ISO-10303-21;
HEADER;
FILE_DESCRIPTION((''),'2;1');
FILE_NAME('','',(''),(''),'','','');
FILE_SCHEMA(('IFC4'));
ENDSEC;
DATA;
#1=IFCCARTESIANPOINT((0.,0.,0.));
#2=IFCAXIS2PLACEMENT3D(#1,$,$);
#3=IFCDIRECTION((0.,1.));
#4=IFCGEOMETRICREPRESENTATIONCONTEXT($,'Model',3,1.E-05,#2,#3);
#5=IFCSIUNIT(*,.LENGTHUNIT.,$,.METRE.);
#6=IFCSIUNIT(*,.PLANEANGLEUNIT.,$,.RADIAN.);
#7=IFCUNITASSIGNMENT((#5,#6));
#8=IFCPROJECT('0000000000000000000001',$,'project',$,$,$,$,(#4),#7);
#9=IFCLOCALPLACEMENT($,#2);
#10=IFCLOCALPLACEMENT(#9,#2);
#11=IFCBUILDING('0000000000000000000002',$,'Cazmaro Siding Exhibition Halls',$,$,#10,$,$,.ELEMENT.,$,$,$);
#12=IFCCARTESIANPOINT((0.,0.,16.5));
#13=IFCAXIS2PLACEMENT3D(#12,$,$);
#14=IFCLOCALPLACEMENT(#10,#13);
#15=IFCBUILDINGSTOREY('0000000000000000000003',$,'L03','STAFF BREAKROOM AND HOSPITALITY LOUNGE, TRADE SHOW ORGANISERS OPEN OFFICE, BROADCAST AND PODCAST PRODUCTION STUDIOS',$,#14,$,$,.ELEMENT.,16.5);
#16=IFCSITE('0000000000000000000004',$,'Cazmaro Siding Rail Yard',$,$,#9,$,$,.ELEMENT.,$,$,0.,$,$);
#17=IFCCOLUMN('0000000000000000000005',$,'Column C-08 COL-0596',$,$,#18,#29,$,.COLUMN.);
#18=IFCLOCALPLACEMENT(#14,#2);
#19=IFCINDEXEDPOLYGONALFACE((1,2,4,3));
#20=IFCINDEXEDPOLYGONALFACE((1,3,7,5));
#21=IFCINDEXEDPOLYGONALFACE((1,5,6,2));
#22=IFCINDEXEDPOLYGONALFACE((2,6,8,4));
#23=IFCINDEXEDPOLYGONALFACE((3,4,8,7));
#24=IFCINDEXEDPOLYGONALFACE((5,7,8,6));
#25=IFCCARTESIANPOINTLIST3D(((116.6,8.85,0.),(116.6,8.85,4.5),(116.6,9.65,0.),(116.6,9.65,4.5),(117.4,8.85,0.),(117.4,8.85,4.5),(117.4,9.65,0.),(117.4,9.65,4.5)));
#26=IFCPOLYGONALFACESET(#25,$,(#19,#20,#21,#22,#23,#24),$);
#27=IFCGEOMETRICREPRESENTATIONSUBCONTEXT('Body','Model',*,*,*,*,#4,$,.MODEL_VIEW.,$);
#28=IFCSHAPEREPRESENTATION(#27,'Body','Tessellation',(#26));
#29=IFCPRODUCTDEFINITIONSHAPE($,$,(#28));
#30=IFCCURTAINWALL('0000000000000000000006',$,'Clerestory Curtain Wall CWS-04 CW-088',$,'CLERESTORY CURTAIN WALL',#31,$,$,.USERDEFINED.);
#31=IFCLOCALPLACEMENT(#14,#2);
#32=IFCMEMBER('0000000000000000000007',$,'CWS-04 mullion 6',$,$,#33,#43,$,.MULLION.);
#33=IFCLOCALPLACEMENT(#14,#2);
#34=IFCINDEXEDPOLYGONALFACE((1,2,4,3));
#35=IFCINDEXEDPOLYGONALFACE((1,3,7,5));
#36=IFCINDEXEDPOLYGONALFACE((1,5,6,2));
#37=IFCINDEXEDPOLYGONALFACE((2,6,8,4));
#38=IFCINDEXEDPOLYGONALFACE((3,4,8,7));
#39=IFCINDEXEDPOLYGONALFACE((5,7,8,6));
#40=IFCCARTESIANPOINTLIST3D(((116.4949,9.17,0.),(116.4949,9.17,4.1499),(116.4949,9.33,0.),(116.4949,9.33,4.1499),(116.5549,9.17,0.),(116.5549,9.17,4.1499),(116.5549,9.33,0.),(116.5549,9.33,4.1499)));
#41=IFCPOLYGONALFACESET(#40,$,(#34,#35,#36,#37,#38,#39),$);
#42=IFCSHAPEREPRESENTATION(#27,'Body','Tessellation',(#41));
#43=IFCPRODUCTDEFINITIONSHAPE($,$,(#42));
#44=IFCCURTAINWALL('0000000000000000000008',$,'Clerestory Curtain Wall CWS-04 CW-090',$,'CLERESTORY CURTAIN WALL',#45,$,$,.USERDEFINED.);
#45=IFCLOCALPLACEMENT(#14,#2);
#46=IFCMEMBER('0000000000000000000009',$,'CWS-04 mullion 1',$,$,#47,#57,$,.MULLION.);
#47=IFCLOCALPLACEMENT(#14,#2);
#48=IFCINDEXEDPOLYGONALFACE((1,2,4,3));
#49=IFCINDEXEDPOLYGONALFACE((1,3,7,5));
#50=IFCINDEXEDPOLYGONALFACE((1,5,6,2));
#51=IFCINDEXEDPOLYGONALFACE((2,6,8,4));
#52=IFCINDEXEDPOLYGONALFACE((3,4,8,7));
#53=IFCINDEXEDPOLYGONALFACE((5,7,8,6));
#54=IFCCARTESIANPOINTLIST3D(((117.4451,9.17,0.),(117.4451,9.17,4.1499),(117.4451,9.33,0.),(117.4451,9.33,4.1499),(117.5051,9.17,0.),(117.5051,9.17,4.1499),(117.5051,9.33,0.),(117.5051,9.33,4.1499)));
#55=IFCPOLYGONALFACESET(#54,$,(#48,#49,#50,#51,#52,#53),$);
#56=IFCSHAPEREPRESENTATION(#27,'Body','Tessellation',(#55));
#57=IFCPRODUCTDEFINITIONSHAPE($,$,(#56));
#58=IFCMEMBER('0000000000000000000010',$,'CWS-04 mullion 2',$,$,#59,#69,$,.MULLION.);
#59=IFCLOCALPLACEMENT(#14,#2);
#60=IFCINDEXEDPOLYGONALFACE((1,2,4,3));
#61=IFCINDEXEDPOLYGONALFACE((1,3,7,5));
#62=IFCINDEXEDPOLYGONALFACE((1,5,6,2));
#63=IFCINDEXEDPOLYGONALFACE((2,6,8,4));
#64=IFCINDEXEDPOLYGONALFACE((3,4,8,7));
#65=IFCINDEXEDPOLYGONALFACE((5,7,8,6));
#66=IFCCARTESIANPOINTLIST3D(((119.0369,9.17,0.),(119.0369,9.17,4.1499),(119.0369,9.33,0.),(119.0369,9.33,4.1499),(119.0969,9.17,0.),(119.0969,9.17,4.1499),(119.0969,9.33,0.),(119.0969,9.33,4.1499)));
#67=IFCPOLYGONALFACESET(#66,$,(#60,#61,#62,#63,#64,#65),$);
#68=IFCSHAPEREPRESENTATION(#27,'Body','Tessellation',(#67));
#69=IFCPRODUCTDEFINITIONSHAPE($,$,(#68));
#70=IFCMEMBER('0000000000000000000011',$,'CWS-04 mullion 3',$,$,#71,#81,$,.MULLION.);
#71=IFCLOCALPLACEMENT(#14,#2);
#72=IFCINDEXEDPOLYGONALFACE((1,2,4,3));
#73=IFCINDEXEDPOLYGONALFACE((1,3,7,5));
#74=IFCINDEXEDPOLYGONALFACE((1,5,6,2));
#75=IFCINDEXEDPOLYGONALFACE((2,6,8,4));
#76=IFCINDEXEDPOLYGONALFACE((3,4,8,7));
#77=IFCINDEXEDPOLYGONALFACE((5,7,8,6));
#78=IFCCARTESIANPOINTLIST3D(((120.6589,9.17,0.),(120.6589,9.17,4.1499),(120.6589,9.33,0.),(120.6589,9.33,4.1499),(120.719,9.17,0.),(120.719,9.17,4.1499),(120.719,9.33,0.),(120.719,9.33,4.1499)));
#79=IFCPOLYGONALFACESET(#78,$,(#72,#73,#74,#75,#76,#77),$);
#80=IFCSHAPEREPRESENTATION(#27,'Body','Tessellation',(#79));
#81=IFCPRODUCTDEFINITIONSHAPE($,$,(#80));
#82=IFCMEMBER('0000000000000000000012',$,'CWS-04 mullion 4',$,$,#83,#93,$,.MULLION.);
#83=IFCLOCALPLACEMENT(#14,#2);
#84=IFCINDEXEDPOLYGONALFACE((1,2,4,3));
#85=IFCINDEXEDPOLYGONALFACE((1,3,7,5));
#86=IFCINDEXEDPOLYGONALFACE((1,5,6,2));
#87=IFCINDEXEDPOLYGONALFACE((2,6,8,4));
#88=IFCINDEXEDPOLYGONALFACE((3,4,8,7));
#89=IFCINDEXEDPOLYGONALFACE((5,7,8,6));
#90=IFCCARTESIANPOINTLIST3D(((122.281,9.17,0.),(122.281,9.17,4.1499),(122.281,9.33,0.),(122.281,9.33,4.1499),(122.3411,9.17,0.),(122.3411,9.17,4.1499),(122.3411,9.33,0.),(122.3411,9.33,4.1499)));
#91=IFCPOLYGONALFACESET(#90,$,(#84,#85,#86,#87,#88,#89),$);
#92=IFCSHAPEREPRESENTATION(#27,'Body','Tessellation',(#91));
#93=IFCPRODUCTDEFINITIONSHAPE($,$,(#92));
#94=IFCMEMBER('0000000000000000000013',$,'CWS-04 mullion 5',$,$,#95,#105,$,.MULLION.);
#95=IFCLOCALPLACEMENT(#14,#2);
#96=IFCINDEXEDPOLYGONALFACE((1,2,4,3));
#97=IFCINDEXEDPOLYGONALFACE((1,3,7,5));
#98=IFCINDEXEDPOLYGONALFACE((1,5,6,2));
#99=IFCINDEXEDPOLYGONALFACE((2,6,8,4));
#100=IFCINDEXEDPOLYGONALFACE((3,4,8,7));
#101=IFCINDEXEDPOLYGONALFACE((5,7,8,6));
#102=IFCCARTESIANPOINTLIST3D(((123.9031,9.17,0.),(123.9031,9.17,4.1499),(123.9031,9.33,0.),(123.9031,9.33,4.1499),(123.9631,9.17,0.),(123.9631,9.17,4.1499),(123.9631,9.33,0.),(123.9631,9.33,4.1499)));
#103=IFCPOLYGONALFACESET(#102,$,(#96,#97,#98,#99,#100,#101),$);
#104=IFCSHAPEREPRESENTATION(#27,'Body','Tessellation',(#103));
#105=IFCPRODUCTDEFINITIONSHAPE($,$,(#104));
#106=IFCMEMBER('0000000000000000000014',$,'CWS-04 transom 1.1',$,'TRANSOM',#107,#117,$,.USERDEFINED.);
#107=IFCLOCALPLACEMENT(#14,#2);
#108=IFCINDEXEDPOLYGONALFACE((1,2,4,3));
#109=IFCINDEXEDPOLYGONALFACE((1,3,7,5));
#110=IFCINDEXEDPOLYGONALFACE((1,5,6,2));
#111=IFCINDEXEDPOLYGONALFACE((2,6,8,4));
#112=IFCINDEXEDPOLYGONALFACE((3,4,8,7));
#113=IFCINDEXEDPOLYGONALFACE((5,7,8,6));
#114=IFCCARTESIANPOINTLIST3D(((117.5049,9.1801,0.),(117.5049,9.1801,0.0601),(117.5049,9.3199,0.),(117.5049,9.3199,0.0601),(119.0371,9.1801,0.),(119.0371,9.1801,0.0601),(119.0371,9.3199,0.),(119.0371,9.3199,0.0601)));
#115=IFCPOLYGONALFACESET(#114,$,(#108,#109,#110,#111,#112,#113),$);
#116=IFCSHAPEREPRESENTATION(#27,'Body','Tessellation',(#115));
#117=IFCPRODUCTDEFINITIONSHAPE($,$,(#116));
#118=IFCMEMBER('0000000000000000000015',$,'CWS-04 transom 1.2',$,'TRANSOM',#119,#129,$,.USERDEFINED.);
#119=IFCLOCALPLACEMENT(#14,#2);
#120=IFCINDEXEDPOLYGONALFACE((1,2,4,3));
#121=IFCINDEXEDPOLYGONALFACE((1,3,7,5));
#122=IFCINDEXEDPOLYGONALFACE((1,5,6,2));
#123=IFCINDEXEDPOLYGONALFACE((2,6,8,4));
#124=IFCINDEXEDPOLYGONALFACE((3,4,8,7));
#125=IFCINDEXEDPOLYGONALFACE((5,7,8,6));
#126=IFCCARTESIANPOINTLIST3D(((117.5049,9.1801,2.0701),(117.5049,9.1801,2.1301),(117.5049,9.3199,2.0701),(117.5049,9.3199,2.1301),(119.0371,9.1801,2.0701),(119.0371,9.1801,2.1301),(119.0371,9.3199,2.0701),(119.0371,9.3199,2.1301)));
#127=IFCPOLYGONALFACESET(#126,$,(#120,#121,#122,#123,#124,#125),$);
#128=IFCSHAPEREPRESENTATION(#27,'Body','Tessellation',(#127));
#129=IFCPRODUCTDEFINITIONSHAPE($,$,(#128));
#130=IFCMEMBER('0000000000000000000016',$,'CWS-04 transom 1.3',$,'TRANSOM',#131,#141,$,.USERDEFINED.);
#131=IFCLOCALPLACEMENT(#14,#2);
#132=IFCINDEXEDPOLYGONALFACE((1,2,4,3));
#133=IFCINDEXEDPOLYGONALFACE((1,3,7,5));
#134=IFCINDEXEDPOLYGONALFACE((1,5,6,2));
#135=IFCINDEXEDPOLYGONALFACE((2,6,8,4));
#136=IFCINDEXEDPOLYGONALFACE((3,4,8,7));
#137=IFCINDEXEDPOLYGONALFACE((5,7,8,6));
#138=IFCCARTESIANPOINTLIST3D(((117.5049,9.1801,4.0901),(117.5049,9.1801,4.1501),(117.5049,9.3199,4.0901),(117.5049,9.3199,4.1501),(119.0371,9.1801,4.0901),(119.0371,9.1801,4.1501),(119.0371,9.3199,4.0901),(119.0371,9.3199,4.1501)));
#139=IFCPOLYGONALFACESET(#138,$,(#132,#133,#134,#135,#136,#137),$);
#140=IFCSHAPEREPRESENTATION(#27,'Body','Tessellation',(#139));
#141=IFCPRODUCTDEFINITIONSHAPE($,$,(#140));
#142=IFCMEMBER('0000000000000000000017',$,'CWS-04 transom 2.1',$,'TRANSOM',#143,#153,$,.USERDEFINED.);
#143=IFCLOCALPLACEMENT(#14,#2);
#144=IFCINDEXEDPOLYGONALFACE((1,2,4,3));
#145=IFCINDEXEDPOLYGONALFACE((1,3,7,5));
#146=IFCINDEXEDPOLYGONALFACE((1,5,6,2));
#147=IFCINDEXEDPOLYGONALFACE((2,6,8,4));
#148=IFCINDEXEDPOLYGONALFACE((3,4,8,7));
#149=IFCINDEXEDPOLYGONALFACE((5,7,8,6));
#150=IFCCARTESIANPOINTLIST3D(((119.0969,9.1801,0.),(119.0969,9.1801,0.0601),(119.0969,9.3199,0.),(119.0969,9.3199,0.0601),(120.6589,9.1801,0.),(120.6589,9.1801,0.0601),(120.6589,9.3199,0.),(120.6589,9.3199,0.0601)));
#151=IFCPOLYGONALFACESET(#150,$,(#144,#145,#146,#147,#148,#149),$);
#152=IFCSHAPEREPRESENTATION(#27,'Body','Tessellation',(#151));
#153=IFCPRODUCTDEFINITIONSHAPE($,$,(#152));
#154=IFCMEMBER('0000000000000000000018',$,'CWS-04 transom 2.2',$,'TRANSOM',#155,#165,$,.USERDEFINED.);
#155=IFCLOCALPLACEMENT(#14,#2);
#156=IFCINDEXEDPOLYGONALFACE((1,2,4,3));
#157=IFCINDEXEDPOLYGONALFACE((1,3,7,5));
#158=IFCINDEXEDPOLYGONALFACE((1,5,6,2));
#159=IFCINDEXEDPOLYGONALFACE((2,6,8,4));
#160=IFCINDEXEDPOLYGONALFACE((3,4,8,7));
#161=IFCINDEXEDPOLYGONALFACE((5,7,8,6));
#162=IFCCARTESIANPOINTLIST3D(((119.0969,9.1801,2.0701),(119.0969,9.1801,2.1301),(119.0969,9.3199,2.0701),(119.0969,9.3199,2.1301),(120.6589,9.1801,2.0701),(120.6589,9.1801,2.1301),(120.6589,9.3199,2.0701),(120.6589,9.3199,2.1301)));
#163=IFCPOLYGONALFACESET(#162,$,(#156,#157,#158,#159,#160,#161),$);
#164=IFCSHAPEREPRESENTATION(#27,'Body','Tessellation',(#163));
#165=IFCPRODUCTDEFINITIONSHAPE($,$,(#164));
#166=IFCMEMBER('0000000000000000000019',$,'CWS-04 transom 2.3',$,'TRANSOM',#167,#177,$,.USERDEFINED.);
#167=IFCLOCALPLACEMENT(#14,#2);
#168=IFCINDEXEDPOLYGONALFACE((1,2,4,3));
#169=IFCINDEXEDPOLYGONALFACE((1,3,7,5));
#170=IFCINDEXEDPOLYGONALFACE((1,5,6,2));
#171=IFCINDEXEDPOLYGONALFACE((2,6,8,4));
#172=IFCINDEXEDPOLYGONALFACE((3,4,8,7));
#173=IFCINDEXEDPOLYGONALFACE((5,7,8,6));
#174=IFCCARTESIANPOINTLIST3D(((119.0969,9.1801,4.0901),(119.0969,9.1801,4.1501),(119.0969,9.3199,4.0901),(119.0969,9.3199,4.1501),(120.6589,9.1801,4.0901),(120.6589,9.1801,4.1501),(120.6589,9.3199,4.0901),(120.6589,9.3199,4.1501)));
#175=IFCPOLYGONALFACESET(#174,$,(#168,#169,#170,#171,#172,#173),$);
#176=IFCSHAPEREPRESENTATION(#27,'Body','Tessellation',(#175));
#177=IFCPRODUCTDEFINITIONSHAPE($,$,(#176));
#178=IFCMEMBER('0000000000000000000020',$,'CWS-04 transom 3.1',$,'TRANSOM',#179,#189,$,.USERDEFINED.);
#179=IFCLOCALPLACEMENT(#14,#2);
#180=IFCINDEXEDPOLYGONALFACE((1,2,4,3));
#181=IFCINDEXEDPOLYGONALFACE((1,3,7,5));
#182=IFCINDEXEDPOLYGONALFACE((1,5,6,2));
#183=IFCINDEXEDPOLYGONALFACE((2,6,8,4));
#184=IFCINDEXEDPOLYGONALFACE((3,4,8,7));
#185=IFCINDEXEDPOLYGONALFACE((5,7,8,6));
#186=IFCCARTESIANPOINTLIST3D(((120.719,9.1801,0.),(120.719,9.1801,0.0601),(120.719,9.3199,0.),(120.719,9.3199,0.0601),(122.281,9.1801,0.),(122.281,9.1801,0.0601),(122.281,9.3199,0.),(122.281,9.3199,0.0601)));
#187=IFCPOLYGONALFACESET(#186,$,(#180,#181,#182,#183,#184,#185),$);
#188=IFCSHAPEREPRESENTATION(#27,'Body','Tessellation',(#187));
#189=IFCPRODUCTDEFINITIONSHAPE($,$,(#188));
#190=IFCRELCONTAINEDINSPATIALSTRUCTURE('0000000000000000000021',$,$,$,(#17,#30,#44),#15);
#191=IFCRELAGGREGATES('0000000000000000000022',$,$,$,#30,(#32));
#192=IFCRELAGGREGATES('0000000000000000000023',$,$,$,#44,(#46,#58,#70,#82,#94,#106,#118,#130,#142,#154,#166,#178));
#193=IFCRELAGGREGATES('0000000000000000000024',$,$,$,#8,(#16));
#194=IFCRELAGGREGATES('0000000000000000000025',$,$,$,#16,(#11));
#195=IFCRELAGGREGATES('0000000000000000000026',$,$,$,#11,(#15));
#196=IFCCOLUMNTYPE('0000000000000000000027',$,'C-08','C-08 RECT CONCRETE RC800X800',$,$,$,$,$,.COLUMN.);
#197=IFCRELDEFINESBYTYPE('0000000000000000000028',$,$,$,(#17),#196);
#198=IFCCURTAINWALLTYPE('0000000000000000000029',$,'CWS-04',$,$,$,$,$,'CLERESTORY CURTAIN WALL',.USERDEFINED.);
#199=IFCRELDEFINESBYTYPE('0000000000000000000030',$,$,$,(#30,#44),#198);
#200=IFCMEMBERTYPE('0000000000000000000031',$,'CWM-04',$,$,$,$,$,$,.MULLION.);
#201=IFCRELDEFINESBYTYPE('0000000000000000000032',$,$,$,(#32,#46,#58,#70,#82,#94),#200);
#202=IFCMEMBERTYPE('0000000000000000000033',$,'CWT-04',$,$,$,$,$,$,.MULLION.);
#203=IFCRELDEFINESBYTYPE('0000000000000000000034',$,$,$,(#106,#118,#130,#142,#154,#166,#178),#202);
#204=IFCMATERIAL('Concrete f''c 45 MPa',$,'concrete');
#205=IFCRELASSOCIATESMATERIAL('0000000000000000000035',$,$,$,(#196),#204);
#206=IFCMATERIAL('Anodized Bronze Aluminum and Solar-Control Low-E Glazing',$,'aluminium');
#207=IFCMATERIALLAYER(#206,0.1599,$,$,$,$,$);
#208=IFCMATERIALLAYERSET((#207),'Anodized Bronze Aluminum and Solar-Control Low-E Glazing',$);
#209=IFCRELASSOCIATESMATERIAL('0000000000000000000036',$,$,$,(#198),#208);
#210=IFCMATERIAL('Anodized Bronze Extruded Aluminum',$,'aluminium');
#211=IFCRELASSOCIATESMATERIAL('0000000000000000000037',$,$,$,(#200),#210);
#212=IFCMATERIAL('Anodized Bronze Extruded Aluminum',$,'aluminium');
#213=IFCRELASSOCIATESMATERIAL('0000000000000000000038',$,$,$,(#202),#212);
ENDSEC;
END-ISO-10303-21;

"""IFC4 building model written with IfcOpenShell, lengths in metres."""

from ifc_helpers import new_model, si_unit, direction, frame, origin, origin_2d, place, context, subcontext, project, spatial, rectangle, extrude, material, layer, layer_set, material_profile, profile_set, type_object, element, aggregate, save


model = new_model("IFC4")

# Units and contexts
model_context = context("Model", 3, precision=1e-05, world=origin(), true_north=direction((0.0, 1.0)))
body_context = subcontext(model_context, "Body", "Model", "MODEL_VIEW")
ifc_project = project(units=[si_unit("LENGTHUNIT", "METRE"), si_unit("PLANEANGLEUNIT", "RADIAN")], contexts=[model_context])

# Site, building, storey
site_placement = place(None, origin())
site = spatial("IfcSite", under=ifc_project, at=site_placement, Name="Cazmaro Siding Rail Yard", CompositionType="ELEMENT", RefElevation=0.0)
building_placement = place(site_placement, origin())
building = spatial("IfcBuilding", under=site, at=building_placement, Name="Cazmaro Siding Exhibition Halls", CompositionType="ELEMENT")
storey_placement = place(building_placement, frame((0.0, 0.0, 16.5)))
storey = spatial("IfcBuildingStorey", under=building, at=storey_placement, Name="L03", Description="STAFF BREAKROOM AND HOSPITALITY LOUNGE, TRADE SHOW ORGANISERS OPEN OFFICE, BROADCAST AND PODCAST PRODUCTION STUDIOS", CompositionType="ELEMENT", Elevation=16.5)

# Column
ifc_material_1 = material(Name="Concrete f'c 45 MPa", Category="concrete")
ifc_material_profile_1 = material_profile(ifc_material_1, rectangle(XDim=0.8, YDim=0.8, at=origin_2d()), Name="RC800X800")
ifc_profile_set_1 = profile_set([ifc_material_profile_1], Name="Concrete f'c 45 MPa")
column_type = type_object("IfcColumnType", Name="C-08", Description="C-08 RECT CONCRETE RC800X800", PredefinedType="COLUMN", material=ifc_profile_set_1)
column_placement = place(storey_placement, frame((117.0, 9.25, 0.0), z_axis=(0.0, 0.0, 1.0), x_axis=(1.0, 0.0, 0.0)))
element("IfcColumn", 1, at=column_placement, inside=storey, type_object=column_type, Name="Column C-08 COL-0596", PredefinedType="COLUMN", context=body_context, shape_type="SweptSolid", body=[
    extrude(rectangle(XDim=0.8, YDim=0.8, at=origin_2d()), origin(), (0.0, 0.0, 1.0), 4.5),
])

# Curtain wall, member
ifc_material_2 = material(Name="Anodized Bronze Aluminum and Solar-Control Low-E Glazing", Category="aluminium")
ifc_layer_1 = layer(ifc_material_2, 0.1599)
ifc_layer_set_1 = layer_set([ifc_layer_1], Name="Anodized Bronze Aluminum and Solar-Control Low-E Glazing")
curtain_wall_type = type_object("IfcCurtainWallType", Name="CWS-04", ElementType="CLERESTORY CURTAIN WALL", PredefinedType="USERDEFINED", material=ifc_layer_set_1)
curtain_wall_1_placement = place(storey_placement, origin())
curtain_wall_1 = element("IfcCurtainWall", 2, at=curtain_wall_1_placement, inside=storey, type_object=curtain_wall_type, Name="Clerestory Curtain Wall CWS-04 CW-088", ObjectType="CLERESTORY CURTAIN WALL", PredefinedType="USERDEFINED")
ifc_material_3 = material(Name="Anodized Bronze Extruded Aluminum", Category="aluminium")
ifc_material_profile_2 = material_profile(ifc_material_3, rectangle(XDim=0.1599, YDim=0.0601, at=origin_2d()), Name="CWM-04")
ifc_profile_set_2 = profile_set([ifc_material_profile_2], Name="Anodized Bronze Extruded Aluminum")
member_type_1 = type_object("IfcMemberType", Name="CWM-04", PredefinedType="MULLION", material=ifc_profile_set_2)
member_1_placement = place(storey_placement, frame((116.5249, 9.25, 0.0), z_axis=(0.0, 0.0, 1.0), x_axis=(0.0, 1.0, 0.0)))
member_1 = element("IfcMember", 3, at=member_1_placement, type_object=member_type_1, Name="CWS-04 mullion 6", PredefinedType="MULLION", context=body_context, shape_type="SweptSolid", body=[
    extrude(rectangle(XDim=0.1599, YDim=0.0601, at=origin_2d()), origin(), (0.0, 0.0, 1.0), 4.1499),
])

# Curtain wall, members
curtain_wall_2_placement = place(storey_placement, origin())
curtain_wall_2 = element("IfcCurtainWall", 4, at=curtain_wall_2_placement, inside=storey, type_object=curtain_wall_type, Name="Clerestory Curtain Wall CWS-04 CW-090", ObjectType="CLERESTORY CURTAIN WALL", PredefinedType="USERDEFINED")
member_2_placement = place(storey_placement, frame((117.4751, 9.25, 0.0), z_axis=(0.0, 0.0, 1.0), x_axis=(0.0, 1.0, 0.0)))
member_2 = element("IfcMember", 5, at=member_2_placement, type_object=member_type_1, Name="CWS-04 mullion 1", PredefinedType="MULLION", context=body_context, shape_type="SweptSolid", body=[
    extrude(rectangle(XDim=0.1599, YDim=0.0601, at=origin_2d()), origin(), (0.0, 0.0, 1.0), 4.1499),
])
member_3_placement = place(storey_placement, frame((119.0669, 9.25, 0.0), z_axis=(0.0, 0.0, 1.0), x_axis=(0.0, 1.0, 0.0)))
member_3 = element("IfcMember", 6, at=member_3_placement, type_object=member_type_1, Name="CWS-04 mullion 2", PredefinedType="MULLION", context=body_context, shape_type="SweptSolid", body=[
    extrude(rectangle(XDim=0.1599, YDim=0.0601, at=origin_2d()), origin(), (0.0, 0.0, 1.0), 4.1499),
])
member_4_placement = place(storey_placement, frame((120.689, 9.25, 0.0), z_axis=(0.0, 0.0, 1.0), x_axis=(0.0, 1.0, 0.0)))
member_4 = element("IfcMember", 7, at=member_4_placement, type_object=member_type_1, Name="CWS-04 mullion 3", PredefinedType="MULLION", context=body_context, shape_type="SweptSolid", body=[
    extrude(rectangle(XDim=0.1599, YDim=0.0601, at=origin_2d()), origin(), (0.0, 0.0, 1.0), 4.1499),
])
member_5_placement = place(storey_placement, frame((122.311, 9.25, 0.0), z_axis=(0.0, 0.0, 1.0), x_axis=(0.0, 1.0, 0.0)))
member_5 = element("IfcMember", 8, at=member_5_placement, type_object=member_type_1, Name="CWS-04 mullion 4", PredefinedType="MULLION", context=body_context, shape_type="SweptSolid", body=[
    extrude(rectangle(XDim=0.1599, YDim=0.0601, at=origin_2d()), origin(), (0.0, 0.0, 1.0), 4.1499),
])
member_6_placement = place(storey_placement, frame((123.9331, 9.25, 0.0), z_axis=(0.0, 0.0, 1.0), x_axis=(0.0, 1.0, 0.0)))
member_6 = element("IfcMember", 9, at=member_6_placement, type_object=member_type_1, Name="CWS-04 mullion 5", PredefinedType="MULLION", context=body_context, shape_type="SweptSolid", body=[
    extrude(rectangle(XDim=0.1599, YDim=0.0601, at=origin_2d()), origin(), (0.0, 0.0, 1.0), 4.1499),
])
ifc_material_4 = material(Name="Anodized Bronze Extruded Aluminum", Category="aluminium")
ifc_material_profile_3 = material_profile(ifc_material_4, rectangle(XDim=0.1399, YDim=0.0601, at=origin_2d()), Name="CWT-04")
ifc_profile_set_3 = profile_set([ifc_material_profile_3], Name="Anodized Bronze Extruded Aluminum")
member_type_2 = type_object("IfcMemberType", Name="CWT-04", PredefinedType="MULLION", material=ifc_profile_set_3)
member_7_placement = place(storey_placement, frame((117.5049, 9.25, 0.03), z_axis=(1.0, 0.0, 0.0), x_axis=(0.0, 1.0, 0.0)))
member_7 = element("IfcMember", 10, at=member_7_placement, type_object=member_type_2, Name="CWS-04 transom 1.1", ObjectType="TRANSOM", PredefinedType="USERDEFINED", context=body_context, shape_type="SweptSolid", body=[
    extrude(rectangle(XDim=0.1399, YDim=0.0601, at=origin_2d()), origin(), (0.0, 0.0, 1.0), 1.5322),
])
member_8_placement = place(storey_placement, frame((117.5049, 9.25, 2.1001), z_axis=(1.0, 0.0, 0.0), x_axis=(0.0, 1.0, 0.0)))
member_8 = element("IfcMember", 11, at=member_8_placement, type_object=member_type_2, Name="CWS-04 transom 1.2", ObjectType="TRANSOM", PredefinedType="USERDEFINED", context=body_context, shape_type="SweptSolid", body=[
    extrude(rectangle(XDim=0.1399, YDim=0.0601, at=origin_2d()), origin(), (0.0, 0.0, 1.0), 1.5322),
])
member_9_placement = place(storey_placement, frame((117.5049, 9.25, 4.1201), z_axis=(1.0, 0.0, 0.0), x_axis=(0.0, 1.0, 0.0)))
member_9 = element("IfcMember", 12, at=member_9_placement, type_object=member_type_2, Name="CWS-04 transom 1.3", ObjectType="TRANSOM", PredefinedType="USERDEFINED", context=body_context, shape_type="SweptSolid", body=[
    extrude(rectangle(XDim=0.1399, YDim=0.0601, at=origin_2d()), origin(), (0.0, 0.0, 1.0), 1.5322),
])
member_10_placement = place(storey_placement, frame((119.0969, 9.25, 0.03), z_axis=(1.0, 0.0, 0.0), x_axis=(0.0, 1.0, 0.0)))
member_10 = element("IfcMember", 13, at=member_10_placement, type_object=member_type_2, Name="CWS-04 transom 2.1", ObjectType="TRANSOM", PredefinedType="USERDEFINED", context=body_context, shape_type="SweptSolid", body=[
    extrude(rectangle(XDim=0.1399, YDim=0.0601, at=origin_2d()), origin(), (0.0, 0.0, 1.0), 1.562),
])
member_11_placement = place(storey_placement, frame((119.0969, 9.25, 2.1001), z_axis=(1.0, 0.0, 0.0), x_axis=(0.0, 1.0, 0.0)))
member_11 = element("IfcMember", 14, at=member_11_placement, type_object=member_type_2, Name="CWS-04 transom 2.2", ObjectType="TRANSOM", PredefinedType="USERDEFINED", context=body_context, shape_type="SweptSolid", body=[
    extrude(rectangle(XDim=0.1399, YDim=0.0601, at=origin_2d()), origin(), (0.0, 0.0, 1.0), 1.562),
])
member_12_placement = place(storey_placement, frame((119.0969, 9.25, 4.1201), z_axis=(1.0, 0.0, 0.0), x_axis=(0.0, 1.0, 0.0)))
member_12 = element("IfcMember", 15, at=member_12_placement, type_object=member_type_2, Name="CWS-04 transom 2.3", ObjectType="TRANSOM", PredefinedType="USERDEFINED", context=body_context, shape_type="SweptSolid", body=[
    extrude(rectangle(XDim=0.1399, YDim=0.0601, at=origin_2d()), origin(), (0.0, 0.0, 1.0), 1.562),
])
member_13_placement = place(storey_placement, frame((120.719, 9.25, 0.03), z_axis=(1.0, 0.0, 0.0), x_axis=(0.0, 1.0, 0.0)))
member_13 = element("IfcMember", 16, at=member_13_placement, type_object=member_type_2, Name="CWS-04 transom 3.1", ObjectType="TRANSOM", PredefinedType="USERDEFINED", context=body_context, shape_type="SweptSolid", body=[
    extrude(rectangle(XDim=0.1399, YDim=0.0601, at=origin_2d()), origin(), (0.0, 0.0, 1.0), 1.562),
])

aggregate(curtain_wall_1, [member_1])
aggregate(curtain_wall_2, [member_2, member_3, member_4, member_5, member_6, member_7, member_8, member_9, member_10, member_11, member_12, member_13])

save(model, "model.ifc")
